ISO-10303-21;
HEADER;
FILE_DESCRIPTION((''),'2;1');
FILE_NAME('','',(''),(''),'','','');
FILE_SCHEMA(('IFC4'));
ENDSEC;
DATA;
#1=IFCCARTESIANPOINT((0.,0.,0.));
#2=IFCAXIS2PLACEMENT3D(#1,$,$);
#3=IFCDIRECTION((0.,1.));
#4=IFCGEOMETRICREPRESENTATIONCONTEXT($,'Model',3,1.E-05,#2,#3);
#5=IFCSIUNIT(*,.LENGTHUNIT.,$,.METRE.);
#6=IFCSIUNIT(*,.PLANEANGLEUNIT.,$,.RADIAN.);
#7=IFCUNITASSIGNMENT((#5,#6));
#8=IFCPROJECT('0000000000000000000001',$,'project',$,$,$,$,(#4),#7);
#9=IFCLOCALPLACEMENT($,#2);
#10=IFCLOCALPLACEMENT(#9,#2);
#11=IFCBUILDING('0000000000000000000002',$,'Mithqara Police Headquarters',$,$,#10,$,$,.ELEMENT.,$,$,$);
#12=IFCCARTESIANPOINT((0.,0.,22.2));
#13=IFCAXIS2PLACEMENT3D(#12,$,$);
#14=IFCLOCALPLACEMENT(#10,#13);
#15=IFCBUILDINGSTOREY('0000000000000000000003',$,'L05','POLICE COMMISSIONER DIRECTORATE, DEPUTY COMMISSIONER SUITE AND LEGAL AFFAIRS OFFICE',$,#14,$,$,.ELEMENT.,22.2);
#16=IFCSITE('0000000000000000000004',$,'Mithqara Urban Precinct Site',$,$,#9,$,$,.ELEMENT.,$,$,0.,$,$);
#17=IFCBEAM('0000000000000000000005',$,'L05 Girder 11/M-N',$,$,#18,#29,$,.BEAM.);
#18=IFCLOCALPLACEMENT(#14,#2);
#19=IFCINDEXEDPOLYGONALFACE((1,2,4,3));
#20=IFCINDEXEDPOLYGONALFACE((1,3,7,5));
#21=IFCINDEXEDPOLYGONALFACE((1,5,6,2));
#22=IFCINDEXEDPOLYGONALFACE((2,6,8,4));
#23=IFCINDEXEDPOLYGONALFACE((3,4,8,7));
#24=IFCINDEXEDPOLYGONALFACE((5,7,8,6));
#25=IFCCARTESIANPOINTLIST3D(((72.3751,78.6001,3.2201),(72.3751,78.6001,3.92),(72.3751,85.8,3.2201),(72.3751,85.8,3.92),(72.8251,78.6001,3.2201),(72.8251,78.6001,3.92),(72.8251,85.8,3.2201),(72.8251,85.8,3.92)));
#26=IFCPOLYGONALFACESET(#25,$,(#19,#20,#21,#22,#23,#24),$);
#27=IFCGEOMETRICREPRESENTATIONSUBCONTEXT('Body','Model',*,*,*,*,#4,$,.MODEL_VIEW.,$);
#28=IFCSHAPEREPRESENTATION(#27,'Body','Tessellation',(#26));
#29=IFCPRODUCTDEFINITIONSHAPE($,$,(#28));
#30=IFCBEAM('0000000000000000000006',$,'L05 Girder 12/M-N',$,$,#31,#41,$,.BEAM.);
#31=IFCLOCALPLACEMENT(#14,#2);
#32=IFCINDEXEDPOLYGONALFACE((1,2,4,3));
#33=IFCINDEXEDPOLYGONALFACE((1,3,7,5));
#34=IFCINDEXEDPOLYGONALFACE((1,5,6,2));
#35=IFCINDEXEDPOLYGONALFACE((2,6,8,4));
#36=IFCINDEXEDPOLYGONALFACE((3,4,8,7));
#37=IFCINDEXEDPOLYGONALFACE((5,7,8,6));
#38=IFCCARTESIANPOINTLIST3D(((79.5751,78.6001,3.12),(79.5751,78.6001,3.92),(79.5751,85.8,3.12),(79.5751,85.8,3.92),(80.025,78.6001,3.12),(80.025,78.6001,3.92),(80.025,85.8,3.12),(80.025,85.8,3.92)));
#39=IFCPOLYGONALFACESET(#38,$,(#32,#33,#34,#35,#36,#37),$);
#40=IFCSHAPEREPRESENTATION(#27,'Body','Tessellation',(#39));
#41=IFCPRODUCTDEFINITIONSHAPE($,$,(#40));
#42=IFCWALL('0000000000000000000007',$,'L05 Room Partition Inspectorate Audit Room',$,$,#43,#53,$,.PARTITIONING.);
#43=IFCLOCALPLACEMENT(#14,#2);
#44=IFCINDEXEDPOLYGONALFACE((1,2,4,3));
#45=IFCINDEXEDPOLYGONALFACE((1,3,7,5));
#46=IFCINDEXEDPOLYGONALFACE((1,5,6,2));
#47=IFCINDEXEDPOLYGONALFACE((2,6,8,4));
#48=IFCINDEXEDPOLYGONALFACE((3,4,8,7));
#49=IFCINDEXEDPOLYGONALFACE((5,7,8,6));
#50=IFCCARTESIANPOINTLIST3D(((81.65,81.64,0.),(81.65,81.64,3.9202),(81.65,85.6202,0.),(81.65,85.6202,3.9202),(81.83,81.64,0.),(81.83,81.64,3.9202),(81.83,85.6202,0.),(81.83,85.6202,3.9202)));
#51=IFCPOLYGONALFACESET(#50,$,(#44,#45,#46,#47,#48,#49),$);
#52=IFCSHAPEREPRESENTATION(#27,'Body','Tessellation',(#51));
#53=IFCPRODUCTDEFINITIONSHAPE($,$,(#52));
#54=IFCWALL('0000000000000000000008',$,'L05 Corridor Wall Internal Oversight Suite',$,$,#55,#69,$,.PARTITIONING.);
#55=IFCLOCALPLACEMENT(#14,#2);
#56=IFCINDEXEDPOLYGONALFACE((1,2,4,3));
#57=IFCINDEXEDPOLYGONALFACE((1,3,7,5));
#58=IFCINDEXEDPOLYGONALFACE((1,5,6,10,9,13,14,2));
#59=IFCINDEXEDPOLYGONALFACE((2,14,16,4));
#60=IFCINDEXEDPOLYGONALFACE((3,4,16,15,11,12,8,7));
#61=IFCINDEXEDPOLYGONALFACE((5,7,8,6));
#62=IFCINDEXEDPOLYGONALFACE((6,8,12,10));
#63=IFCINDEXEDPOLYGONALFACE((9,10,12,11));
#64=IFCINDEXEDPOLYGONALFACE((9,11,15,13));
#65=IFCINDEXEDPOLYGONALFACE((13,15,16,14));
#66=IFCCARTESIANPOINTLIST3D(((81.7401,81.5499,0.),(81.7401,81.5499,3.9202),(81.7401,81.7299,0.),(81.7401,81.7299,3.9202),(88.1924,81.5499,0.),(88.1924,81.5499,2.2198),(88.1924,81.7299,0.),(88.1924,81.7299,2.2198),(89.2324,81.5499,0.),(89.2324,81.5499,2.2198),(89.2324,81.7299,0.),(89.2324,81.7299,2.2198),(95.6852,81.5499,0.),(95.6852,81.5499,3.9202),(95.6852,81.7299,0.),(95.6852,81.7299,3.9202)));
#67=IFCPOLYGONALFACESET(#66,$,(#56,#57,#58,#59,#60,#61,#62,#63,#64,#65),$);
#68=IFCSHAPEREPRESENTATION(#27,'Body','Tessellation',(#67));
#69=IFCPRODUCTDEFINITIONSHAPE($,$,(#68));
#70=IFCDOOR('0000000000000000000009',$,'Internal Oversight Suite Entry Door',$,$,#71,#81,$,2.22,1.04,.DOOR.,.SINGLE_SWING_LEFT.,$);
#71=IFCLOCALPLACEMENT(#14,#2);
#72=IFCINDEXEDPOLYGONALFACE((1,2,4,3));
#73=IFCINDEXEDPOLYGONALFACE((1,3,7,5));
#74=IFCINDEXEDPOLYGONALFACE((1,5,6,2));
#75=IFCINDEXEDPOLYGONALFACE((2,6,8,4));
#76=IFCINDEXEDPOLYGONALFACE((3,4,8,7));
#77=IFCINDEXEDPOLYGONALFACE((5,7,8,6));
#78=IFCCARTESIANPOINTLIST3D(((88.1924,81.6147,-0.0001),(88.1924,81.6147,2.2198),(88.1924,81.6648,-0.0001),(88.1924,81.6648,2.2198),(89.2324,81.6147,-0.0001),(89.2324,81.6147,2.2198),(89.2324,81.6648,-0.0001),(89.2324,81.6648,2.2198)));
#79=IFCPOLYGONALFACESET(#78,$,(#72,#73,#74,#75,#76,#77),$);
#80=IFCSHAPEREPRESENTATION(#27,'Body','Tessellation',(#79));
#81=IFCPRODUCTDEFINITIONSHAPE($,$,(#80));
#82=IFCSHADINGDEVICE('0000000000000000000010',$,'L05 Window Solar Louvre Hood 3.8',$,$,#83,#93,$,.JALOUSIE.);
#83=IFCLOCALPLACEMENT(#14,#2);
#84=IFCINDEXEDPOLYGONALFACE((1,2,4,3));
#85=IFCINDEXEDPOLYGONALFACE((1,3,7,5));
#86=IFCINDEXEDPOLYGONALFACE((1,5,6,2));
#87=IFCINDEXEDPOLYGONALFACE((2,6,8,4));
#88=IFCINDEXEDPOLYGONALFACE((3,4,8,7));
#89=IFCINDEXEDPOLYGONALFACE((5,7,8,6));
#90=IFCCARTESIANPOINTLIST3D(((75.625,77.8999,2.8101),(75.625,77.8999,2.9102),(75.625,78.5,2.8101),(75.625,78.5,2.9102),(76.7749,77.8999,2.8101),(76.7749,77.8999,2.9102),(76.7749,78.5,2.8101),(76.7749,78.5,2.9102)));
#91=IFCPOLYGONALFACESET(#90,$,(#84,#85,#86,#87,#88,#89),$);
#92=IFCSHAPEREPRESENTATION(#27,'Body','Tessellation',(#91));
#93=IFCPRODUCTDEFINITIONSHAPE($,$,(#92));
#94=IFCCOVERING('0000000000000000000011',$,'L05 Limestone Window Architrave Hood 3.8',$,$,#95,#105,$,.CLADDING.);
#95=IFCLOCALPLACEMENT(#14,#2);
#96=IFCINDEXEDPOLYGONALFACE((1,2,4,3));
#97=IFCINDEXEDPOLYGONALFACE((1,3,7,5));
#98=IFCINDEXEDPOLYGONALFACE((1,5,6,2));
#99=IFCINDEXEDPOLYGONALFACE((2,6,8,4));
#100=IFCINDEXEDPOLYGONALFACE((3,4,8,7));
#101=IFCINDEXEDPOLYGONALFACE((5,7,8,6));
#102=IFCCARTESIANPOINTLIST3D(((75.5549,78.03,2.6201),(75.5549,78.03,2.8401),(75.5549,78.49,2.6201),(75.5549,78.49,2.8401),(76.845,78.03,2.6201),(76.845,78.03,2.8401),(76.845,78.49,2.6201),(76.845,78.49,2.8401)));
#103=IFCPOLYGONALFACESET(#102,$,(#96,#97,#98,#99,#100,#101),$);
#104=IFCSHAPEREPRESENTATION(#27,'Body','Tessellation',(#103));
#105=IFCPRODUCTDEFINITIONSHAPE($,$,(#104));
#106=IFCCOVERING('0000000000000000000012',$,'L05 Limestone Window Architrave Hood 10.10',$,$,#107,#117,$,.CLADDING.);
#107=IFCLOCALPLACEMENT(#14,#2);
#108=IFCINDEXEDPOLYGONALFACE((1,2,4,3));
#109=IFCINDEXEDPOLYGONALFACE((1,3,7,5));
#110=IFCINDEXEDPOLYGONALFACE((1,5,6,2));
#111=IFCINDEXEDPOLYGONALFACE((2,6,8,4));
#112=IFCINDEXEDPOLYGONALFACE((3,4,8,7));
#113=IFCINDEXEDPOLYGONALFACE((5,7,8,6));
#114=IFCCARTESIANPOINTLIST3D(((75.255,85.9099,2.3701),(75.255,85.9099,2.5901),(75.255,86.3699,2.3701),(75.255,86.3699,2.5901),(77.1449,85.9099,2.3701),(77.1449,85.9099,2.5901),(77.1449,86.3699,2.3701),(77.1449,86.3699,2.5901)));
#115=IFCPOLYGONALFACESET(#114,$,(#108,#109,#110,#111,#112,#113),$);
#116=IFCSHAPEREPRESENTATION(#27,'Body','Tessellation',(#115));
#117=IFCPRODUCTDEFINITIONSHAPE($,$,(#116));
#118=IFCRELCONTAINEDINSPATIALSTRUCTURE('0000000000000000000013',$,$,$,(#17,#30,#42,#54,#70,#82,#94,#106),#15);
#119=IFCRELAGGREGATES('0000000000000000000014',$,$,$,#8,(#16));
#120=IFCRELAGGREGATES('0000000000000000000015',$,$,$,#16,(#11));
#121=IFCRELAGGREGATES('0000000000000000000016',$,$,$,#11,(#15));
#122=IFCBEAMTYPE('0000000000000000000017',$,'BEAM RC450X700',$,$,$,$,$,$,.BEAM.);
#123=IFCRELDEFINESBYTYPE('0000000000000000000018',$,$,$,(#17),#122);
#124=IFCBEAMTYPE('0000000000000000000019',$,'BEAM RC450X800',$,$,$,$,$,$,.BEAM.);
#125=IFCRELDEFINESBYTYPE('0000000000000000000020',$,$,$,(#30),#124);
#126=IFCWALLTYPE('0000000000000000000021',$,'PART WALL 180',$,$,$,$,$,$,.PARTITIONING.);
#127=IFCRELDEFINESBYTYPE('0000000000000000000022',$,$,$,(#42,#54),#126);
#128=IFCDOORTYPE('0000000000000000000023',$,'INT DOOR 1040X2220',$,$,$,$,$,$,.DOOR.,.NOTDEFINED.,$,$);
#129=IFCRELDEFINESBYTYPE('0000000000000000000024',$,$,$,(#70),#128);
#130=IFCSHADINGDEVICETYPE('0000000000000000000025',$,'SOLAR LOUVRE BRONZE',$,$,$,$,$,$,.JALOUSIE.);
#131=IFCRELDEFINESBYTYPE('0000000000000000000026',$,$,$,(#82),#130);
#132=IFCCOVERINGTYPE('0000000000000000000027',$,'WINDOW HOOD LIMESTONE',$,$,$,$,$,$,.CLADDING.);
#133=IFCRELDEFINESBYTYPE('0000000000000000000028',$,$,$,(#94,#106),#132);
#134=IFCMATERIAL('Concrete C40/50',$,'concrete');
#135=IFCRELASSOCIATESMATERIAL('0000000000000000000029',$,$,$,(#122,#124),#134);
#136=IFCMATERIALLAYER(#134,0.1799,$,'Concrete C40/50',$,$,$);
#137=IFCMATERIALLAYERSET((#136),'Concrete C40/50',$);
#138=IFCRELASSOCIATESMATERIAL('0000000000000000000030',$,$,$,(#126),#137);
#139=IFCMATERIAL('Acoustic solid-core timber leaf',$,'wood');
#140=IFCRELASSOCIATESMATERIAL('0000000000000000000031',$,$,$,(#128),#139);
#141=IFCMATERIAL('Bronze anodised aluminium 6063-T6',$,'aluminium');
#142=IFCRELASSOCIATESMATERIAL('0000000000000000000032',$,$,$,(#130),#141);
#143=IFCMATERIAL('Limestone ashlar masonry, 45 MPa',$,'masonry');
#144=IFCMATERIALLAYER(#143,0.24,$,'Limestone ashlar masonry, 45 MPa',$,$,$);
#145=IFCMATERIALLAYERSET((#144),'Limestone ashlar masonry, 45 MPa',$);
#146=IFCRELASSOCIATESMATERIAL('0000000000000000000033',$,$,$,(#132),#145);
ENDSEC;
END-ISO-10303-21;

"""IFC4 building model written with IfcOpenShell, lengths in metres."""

from ifc_helpers import new_model, si_unit, direction, frame, frame_2d, origin, origin_2d, place, context, subcontext, project, spatial, rectangle, extrude, material, layer, layer_set, material_profile, profile_set, type_object, element, fill, save


model = new_model("IFC4")

# Units and contexts
model_context = context("Model", 3, precision=1e-05, world=origin(), true_north=direction((0.0, 1.0)))
body_context = subcontext(model_context, "Body", "Model", "MODEL_VIEW")
ifc_project = project(units=[si_unit("LENGTHUNIT", "METRE"), si_unit("PLANEANGLEUNIT", "RADIAN")], contexts=[model_context])

# Site, building, storey
site_placement = place(None, origin())
site = spatial("IfcSite", under=ifc_project, at=site_placement, Name="Mithqara Urban Precinct Site", CompositionType="ELEMENT", RefElevation=0.0)
building_placement = place(site_placement, origin())
building = spatial("IfcBuilding", under=site, at=building_placement, Name="Mithqara Police Headquarters", CompositionType="ELEMENT")
storey_placement = place(building_placement, frame((0.0, 0.0, 22.2)))
storey = spatial("IfcBuildingStorey", under=building, at=storey_placement, Name="L05", Description="POLICE COMMISSIONER DIRECTORATE, DEPUTY COMMISSIONER SUITE AND LEGAL AFFAIRS OFFICE", CompositionType="ELEMENT", Elevation=22.2)

# Beams
ifc_material_1 = material(Name="Concrete C40/50", Category="concrete")
ifc_material_profile_1 = material_profile(ifc_material_1, rectangle(XDim=0.45, YDim=0.7, at=origin_2d()), Name="RC 450x700")
ifc_profile_set_1 = profile_set([ifc_material_profile_1], Name="Concrete C40/50")
beam_type_1 = type_object("IfcBeamType", Name="BEAM RC450X700", PredefinedType="BEAM", material=ifc_profile_set_1)
beam_1_placement = place(storey_placement, frame((72.6001, 78.6001, 3.5701), z_axis=(0.0, 1.0, 0.0), x_axis=(-1.0, 0.0, 0.0)))
element("IfcBeam", 1, at=beam_1_placement, inside=storey, type_object=beam_type_1, Name="L05 Girder 11/M-N", PredefinedType="BEAM", context=body_context, shape_type="SweptSolid", body=[
    extrude(rectangle(XDim=0.45, YDim=0.7, at=origin_2d()), origin(), (0.0, 0.0, 1.0), 7.2),
])
ifc_material_profile_2 = material_profile(ifc_material_1, rectangle(XDim=0.45, YDim=0.8, at=origin_2d()), Name="RC 450x800")
ifc_profile_set_2 = profile_set([ifc_material_profile_2], Name="Concrete C40/50")
beam_type_2 = type_object("IfcBeamType", Name="BEAM RC450X800", PredefinedType="BEAM", material=ifc_profile_set_2)
beam_2_placement = place(storey_placement, frame((79.8, 78.6001, 3.52), z_axis=(0.0, 1.0, 0.0), x_axis=(-1.0, 0.0, 0.0)))
element("IfcBeam", 2, at=beam_2_placement, inside=storey, type_object=beam_type_2, Name="L05 Girder 12/M-N", PredefinedType="BEAM", context=body_context, shape_type="SweptSolid", body=[
    extrude(rectangle(XDim=0.45, YDim=0.8, at=origin_2d()), origin(), (0.0, 0.0, 1.0), 7.2),
])

# Wall
ifc_layer_1 = layer(ifc_material_1, 0.1799, Name="Concrete C40/50")
ifc_layer_set_1 = layer_set([ifc_layer_1], Name="Concrete C40/50")
wall_type = type_object("IfcWallType", Name="PART WALL 180", PredefinedType="PARTITIONING", material=ifc_layer_set_1)
wall_1_placement = place(storey_placement, frame((81.74, 81.6399, 0.0), z_axis=(0.0, 0.0, 1.0), x_axis=(0.0, 1.0, 0.0)))
element("IfcWall", 3, at=wall_1_placement, inside=storey, type_object=wall_type, Name="L05 Room Partition Inspectorate Audit Room", PredefinedType="PARTITIONING", context=body_context, shape_type="SweptSolid", body=[
    extrude(rectangle(XDim=3.9802, YDim=0.1799, at=frame_2d((1.9902, 0.0))), origin(), (0.0, 0.0, 1.0), 3.9202),
])

# Wall, opening, door
wall_2_placement = place(storey_placement, frame((81.74, 81.6399, 0.0), z_axis=(0.0, 0.0, 1.0), x_axis=(1.0, 0.0, 0.0)))
wall_2 = element("IfcWall", 4, at=wall_2_placement, inside=storey, type_object=wall_type, Name="L05 Corridor Wall Internal Oversight Suite", PredefinedType="PARTITIONING", context=body_context, shape_type="SweptSolid", body=[
    extrude(rectangle(XDim=13.9451, YDim=0.1799, at=frame_2d((6.9727, 0.0))), origin(), (0.0, 0.0, 1.0), 3.9202),
])
opening_placement = place(wall_2_placement, frame((6.4524, 0.0, 0.0)))
opening = element("IfcOpeningElement", 5, at=opening_placement, cuts=wall_2, PredefinedType="OPENING", context=body_context, shape_type="SweptSolid", body=[
    extrude(rectangle(XDim=1.04, YDim=2.22, at=frame_2d((0.52, 1.1099))), frame((0.0, 0.1001, 0.0), z_axis=(0.0, -1.0, 0.0), x_axis=(1.0, 0.0, 0.0)), (0.0, 0.0, 1.0), 0.2),
])
ifc_material_2 = material(Name="Acoustic solid-core timber leaf", Category="wood")
door_type = type_object("IfcDoorType", Name="INT DOOR 1040X2220", OperationType="NOTDEFINED", PredefinedType="DOOR", material=ifc_material_2)
door_placement = place(opening_placement, origin())
door = element("IfcDoor", 6, at=door_placement, inside=storey, type_object=door_type, Name="Internal Oversight Suite Entry Door", OperationType="SINGLE_SWING_LEFT", OverallHeight=2.22, OverallWidth=1.04, PredefinedType="DOOR", context=body_context, shape_type="SweptSolid", body=[
    extrude(rectangle(XDim=1.04, YDim=2.22, at=frame_2d((0.52, 1.1099))), frame((0.0, 0.0249, 0.0), z_axis=(0.0, -1.0, 0.0), x_axis=(1.0, 0.0, 0.0)), (0.0, 0.0, 1.0), 0.05),
])
fill(opening, door)

# Shading device
ifc_material_3 = material(Name="Bronze anodised aluminium 6063-T6", Category="aluminium")
shading_device_type = type_object("IfcShadingDeviceType", Name="SOLAR LOUVRE BRONZE", PredefinedType="JALOUSIE", material=ifc_material_3)
shading_device_placement = place(storey_placement, frame((76.2, 78.2, 2.8101), z_axis=(0.0, 0.0, 1.0), x_axis=(1.0, 0.0, 0.0)))
element("IfcShadingDevice", 7, at=shading_device_placement, inside=storey, type_object=shading_device_type, Name="L05 Window Solar Louvre Hood 3.8", PredefinedType="JALOUSIE", context=body_context, shape_type="SweptSolid", body=[
    extrude(rectangle(XDim=1.1499, YDim=0.6001, at=origin_2d()), origin(), (0.0, 0.0, 1.0), 0.1001),
])

# Coverings
ifc_material_4 = material(Name="Limestone ashlar masonry, 45 MPa", Category="masonry")
ifc_layer_2 = layer(ifc_material_4, 0.24, Name="Limestone ashlar masonry, 45 MPa")
ifc_layer_set_2 = layer_set([ifc_layer_2], Name="Limestone ashlar masonry, 45 MPa")
covering_type = type_object("IfcCoveringType", Name="WINDOW HOOD LIMESTONE", PredefinedType="CLADDING", material=ifc_layer_set_2)
covering_1_placement = place(storey_placement, frame((76.2, 78.26, 2.6201), z_axis=(0.0, 0.0, 1.0), x_axis=(1.0, 0.0, 0.0)))
element("IfcCovering", 8, at=covering_1_placement, inside=storey, type_object=covering_type, Name="L05 Limestone Window Architrave Hood 3.8", PredefinedType="CLADDING", context=body_context, shape_type="SweptSolid", body=[
    extrude(rectangle(XDim=1.29, YDim=0.46, at=origin_2d()), origin(), (0.0, 0.0, 1.0), 0.22),
])
covering_2_placement = place(storey_placement, frame((76.2, 86.1399, 2.3701), z_axis=(0.0, 0.0, 1.0), x_axis=(1.0, 0.0, 0.0)))
element("IfcCovering", 9, at=covering_2_placement, inside=storey, type_object=covering_type, Name="L05 Limestone Window Architrave Hood 10.10", PredefinedType="CLADDING", context=body_context, shape_type="SweptSolid", body=[
    extrude(rectangle(XDim=1.8899, YDim=0.46, at=origin_2d()), origin(), (0.0, 0.0, 1.0), 0.22),
])

save(model, "model.ifc")
